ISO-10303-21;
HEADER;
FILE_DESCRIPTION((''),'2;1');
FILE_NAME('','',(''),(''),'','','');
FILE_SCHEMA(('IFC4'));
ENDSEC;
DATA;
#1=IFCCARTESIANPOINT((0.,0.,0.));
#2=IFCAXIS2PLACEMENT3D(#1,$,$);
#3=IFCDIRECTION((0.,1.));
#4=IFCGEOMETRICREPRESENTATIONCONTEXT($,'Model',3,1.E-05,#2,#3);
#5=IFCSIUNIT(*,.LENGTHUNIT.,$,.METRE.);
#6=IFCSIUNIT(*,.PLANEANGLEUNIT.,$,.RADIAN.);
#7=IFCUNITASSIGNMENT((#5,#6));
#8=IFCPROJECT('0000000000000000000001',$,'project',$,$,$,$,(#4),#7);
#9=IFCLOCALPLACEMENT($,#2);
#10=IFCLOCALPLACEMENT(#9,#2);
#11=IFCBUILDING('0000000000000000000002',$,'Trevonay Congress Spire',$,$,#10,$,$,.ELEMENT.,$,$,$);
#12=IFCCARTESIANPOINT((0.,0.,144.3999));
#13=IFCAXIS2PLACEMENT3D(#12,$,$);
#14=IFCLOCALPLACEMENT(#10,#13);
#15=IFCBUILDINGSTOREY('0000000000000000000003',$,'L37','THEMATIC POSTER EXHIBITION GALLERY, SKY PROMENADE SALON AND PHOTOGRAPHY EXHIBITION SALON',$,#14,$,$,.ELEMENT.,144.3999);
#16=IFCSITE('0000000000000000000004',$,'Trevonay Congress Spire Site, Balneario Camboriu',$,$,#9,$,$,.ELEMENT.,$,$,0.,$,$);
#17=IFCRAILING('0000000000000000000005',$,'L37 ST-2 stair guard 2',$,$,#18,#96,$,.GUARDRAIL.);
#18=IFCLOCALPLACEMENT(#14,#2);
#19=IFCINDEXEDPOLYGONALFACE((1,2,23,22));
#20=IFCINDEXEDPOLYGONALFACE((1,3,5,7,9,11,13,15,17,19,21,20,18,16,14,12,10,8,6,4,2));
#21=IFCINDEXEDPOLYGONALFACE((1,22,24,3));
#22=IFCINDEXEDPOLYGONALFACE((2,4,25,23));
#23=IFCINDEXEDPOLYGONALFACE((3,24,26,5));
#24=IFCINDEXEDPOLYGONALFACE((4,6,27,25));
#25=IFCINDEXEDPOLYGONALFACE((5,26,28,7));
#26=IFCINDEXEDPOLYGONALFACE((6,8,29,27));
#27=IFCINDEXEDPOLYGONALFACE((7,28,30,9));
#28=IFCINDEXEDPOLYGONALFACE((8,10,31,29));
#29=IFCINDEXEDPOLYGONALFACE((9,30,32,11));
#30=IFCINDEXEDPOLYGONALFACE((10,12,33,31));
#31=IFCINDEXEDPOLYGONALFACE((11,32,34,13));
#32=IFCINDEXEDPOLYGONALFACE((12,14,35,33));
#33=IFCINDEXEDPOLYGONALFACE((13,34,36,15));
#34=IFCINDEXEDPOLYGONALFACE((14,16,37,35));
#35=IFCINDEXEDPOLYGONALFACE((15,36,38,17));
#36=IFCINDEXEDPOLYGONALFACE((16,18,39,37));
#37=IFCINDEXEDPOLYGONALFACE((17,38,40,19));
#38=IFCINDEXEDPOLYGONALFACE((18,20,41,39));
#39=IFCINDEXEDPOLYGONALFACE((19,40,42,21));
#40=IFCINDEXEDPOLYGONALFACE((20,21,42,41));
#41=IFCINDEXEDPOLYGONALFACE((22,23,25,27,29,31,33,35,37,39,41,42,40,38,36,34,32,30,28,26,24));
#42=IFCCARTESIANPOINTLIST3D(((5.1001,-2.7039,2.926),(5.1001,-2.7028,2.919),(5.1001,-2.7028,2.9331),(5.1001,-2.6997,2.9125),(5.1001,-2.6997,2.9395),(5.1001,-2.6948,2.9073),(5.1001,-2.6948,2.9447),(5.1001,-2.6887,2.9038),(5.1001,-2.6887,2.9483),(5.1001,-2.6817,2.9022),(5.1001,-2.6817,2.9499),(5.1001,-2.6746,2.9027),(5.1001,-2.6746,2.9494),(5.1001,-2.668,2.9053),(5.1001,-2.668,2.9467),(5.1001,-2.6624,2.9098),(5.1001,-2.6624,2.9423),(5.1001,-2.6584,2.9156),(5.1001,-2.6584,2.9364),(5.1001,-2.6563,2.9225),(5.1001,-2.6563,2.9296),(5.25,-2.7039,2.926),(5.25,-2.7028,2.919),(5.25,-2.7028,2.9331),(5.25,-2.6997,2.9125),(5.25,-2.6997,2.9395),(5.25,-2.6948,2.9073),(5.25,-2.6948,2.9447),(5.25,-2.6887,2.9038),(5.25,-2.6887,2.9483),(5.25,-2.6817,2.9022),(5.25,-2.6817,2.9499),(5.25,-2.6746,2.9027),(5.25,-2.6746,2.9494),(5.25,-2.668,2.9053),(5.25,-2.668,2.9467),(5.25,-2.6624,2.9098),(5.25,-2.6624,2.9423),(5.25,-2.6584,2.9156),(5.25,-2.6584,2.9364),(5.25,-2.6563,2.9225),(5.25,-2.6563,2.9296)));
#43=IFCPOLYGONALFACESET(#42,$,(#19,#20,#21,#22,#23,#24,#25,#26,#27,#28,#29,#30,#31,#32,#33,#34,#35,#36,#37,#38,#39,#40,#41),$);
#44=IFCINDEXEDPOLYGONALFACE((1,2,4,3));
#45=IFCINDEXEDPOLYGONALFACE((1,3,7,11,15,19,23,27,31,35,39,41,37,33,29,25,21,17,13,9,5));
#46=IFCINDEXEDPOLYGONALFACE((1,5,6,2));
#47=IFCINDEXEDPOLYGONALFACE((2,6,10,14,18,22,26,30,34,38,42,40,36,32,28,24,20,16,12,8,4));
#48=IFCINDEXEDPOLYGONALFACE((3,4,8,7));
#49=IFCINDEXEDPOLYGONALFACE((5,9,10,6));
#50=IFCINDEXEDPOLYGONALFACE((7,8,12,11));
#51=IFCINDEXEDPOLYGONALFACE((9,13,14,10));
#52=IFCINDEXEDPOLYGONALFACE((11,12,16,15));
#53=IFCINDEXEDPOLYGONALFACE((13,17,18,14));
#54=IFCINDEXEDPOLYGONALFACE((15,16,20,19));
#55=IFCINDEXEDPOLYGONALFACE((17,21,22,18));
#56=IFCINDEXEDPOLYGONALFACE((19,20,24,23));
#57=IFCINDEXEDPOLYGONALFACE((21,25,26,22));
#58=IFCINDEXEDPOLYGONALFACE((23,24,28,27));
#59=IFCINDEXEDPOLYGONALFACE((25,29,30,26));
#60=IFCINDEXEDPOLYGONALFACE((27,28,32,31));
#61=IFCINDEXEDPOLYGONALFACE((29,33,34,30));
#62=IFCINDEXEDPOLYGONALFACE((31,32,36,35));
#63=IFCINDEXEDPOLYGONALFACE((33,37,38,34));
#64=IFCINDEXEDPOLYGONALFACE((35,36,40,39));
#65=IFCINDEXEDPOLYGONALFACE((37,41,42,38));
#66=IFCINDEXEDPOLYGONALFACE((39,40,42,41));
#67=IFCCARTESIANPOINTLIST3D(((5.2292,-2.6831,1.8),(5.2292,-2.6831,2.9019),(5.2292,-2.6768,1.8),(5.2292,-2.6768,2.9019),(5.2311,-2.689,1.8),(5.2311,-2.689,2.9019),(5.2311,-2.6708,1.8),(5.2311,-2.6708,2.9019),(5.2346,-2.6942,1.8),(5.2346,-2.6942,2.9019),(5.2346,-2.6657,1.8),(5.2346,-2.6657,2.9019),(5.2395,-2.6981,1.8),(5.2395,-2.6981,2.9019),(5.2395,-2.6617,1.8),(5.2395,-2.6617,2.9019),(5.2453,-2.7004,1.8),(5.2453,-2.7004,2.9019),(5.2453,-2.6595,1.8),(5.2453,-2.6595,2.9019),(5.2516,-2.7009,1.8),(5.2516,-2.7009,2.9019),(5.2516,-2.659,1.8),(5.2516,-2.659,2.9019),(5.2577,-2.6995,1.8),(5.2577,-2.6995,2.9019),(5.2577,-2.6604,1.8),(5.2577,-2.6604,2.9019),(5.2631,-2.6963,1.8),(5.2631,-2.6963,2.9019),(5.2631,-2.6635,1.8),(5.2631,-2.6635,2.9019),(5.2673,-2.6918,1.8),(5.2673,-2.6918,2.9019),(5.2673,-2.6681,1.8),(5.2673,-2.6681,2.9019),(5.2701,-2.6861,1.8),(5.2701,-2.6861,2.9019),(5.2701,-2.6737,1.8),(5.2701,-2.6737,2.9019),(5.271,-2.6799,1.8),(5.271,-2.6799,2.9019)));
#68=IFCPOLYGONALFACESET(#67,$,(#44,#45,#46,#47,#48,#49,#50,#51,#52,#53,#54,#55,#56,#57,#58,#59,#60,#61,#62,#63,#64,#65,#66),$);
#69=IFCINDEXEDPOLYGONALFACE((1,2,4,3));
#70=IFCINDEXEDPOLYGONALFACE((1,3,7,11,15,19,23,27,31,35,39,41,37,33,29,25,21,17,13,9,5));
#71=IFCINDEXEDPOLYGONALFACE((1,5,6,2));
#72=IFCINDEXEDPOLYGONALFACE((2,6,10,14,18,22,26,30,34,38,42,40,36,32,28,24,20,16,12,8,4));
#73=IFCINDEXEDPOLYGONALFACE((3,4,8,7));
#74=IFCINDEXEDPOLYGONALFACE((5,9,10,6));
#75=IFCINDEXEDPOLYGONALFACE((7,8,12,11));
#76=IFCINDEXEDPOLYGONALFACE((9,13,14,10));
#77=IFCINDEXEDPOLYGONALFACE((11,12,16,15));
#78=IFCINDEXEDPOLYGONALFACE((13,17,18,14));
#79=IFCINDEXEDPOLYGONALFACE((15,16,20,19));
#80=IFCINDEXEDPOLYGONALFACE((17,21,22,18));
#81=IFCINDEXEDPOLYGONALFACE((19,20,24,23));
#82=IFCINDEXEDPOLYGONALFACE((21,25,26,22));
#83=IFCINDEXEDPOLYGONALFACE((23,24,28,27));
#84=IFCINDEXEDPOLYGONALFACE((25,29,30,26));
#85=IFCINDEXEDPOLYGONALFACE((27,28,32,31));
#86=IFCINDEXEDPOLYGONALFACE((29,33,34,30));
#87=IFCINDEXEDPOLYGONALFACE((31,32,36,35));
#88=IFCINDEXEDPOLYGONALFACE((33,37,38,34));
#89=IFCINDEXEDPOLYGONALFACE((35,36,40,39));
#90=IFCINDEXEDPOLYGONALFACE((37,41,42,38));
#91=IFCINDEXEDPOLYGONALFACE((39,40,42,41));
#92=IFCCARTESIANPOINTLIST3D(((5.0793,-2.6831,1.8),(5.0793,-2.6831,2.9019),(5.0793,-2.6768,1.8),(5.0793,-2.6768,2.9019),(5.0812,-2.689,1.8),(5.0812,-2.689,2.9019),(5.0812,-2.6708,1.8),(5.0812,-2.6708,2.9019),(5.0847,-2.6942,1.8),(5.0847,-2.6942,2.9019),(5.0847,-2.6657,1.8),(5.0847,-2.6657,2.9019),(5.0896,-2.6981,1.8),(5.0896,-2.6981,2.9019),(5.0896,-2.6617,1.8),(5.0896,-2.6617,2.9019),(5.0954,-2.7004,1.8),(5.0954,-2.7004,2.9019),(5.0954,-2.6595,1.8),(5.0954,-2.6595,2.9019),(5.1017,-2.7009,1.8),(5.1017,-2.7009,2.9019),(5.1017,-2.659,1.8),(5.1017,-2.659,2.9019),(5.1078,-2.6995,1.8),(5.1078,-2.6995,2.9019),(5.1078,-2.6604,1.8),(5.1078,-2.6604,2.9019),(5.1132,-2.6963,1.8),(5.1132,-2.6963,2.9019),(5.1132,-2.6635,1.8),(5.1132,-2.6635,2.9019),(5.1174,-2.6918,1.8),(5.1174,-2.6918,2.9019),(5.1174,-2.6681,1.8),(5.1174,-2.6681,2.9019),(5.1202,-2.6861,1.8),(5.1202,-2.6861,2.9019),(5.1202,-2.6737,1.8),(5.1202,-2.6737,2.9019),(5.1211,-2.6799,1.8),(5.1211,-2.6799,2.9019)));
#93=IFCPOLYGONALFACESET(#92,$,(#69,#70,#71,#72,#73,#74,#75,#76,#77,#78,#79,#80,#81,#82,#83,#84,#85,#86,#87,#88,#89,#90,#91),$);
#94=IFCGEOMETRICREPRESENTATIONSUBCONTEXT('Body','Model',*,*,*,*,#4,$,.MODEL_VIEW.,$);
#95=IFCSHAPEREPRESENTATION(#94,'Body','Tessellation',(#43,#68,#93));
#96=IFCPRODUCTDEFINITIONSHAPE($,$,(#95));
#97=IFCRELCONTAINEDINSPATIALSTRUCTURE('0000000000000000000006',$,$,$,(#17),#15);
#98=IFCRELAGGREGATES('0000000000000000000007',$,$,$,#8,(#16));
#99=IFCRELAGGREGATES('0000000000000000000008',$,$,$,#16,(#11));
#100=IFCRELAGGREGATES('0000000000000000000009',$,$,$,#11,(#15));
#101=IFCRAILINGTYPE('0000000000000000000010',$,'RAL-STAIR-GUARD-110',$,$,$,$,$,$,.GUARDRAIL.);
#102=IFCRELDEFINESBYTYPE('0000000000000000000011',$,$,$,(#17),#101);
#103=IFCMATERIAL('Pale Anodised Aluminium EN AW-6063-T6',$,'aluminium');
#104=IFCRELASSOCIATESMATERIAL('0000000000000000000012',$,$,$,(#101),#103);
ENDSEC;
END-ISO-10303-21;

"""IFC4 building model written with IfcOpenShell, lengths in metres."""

from ifc_helpers import new_model, si_unit, direction, frame, origin, origin_2d, place, context, subcontext, project, spatial, circle, extrude, material, type_object, element, save


model = new_model("IFC4")

# Units and contexts
model_context = context("Model", 3, precision=1e-05, world=origin(), true_north=direction((0.0, 1.0)))
body_context = subcontext(model_context, "Body", "Model", "MODEL_VIEW")
ifc_project = project(units=[si_unit("LENGTHUNIT", "METRE"), si_unit("PLANEANGLEUNIT", "RADIAN")], contexts=[model_context])

# Site, building, storey
site_placement = place(None, origin())
site = spatial("IfcSite", under=ifc_project, at=site_placement, Name="Trevonay Congress Spire Site, Balneario Camboriu", CompositionType="ELEMENT", RefElevation=0.0)
building_placement = place(site_placement, origin())
building = spatial("IfcBuilding", under=site, at=building_placement, Name="Trevonay Congress Spire", CompositionType="ELEMENT")
storey_placement = place(building_placement, frame((0.0, 0.0, 144.3999)))
storey = spatial("IfcBuildingStorey", under=building, at=storey_placement, Name="L37", Description="THEMATIC POSTER EXHIBITION GALLERY, SKY PROMENADE SALON AND PHOTOGRAPHY EXHIBITION SALON", CompositionType="ELEMENT", Elevation=144.3999)

# Shared definitions
ifc_material_1 = material(Name="Pale Anodised Aluminium EN AW-6063-T6", Category="aluminium")

# Railing
railing_type_1 = type_object("IfcRailingType", Name="RAL-STAIR-GUARD-110", PredefinedType="GUARDRAIL", material=ifc_material_1)
railing_1_placement = place(storey_placement, frame((5.25, -2.6799, 1.8)))
element("IfcRailing", 1, at=railing_1_placement, inside=storey, type_object=railing_type_1, Name="L37 ST-2 stair guard 2", PredefinedType="GUARDRAIL", context=body_context, shape_type="SweptSolid", body=[
    extrude(circle(Radius=0.0239, at=origin_2d()), frame((0.0, 0.0, 1.126), z_axis=(-1.0, 0.0, 0.0), x_axis=(0.0, -1.0, 0.0)), (0.0, 0.0, 1.0), 0.1499),
    extrude(circle(Radius=0.021, at=origin_2d()), origin(), (0.0, 0.0, 1.0), 1.1018),
    extrude(circle(Radius=0.021, at=origin_2d()), frame((-0.1499, 0.0, 0.0)), (0.0, 0.0, 1.0), 1.1018),
])

save(model, "model.ifc")
